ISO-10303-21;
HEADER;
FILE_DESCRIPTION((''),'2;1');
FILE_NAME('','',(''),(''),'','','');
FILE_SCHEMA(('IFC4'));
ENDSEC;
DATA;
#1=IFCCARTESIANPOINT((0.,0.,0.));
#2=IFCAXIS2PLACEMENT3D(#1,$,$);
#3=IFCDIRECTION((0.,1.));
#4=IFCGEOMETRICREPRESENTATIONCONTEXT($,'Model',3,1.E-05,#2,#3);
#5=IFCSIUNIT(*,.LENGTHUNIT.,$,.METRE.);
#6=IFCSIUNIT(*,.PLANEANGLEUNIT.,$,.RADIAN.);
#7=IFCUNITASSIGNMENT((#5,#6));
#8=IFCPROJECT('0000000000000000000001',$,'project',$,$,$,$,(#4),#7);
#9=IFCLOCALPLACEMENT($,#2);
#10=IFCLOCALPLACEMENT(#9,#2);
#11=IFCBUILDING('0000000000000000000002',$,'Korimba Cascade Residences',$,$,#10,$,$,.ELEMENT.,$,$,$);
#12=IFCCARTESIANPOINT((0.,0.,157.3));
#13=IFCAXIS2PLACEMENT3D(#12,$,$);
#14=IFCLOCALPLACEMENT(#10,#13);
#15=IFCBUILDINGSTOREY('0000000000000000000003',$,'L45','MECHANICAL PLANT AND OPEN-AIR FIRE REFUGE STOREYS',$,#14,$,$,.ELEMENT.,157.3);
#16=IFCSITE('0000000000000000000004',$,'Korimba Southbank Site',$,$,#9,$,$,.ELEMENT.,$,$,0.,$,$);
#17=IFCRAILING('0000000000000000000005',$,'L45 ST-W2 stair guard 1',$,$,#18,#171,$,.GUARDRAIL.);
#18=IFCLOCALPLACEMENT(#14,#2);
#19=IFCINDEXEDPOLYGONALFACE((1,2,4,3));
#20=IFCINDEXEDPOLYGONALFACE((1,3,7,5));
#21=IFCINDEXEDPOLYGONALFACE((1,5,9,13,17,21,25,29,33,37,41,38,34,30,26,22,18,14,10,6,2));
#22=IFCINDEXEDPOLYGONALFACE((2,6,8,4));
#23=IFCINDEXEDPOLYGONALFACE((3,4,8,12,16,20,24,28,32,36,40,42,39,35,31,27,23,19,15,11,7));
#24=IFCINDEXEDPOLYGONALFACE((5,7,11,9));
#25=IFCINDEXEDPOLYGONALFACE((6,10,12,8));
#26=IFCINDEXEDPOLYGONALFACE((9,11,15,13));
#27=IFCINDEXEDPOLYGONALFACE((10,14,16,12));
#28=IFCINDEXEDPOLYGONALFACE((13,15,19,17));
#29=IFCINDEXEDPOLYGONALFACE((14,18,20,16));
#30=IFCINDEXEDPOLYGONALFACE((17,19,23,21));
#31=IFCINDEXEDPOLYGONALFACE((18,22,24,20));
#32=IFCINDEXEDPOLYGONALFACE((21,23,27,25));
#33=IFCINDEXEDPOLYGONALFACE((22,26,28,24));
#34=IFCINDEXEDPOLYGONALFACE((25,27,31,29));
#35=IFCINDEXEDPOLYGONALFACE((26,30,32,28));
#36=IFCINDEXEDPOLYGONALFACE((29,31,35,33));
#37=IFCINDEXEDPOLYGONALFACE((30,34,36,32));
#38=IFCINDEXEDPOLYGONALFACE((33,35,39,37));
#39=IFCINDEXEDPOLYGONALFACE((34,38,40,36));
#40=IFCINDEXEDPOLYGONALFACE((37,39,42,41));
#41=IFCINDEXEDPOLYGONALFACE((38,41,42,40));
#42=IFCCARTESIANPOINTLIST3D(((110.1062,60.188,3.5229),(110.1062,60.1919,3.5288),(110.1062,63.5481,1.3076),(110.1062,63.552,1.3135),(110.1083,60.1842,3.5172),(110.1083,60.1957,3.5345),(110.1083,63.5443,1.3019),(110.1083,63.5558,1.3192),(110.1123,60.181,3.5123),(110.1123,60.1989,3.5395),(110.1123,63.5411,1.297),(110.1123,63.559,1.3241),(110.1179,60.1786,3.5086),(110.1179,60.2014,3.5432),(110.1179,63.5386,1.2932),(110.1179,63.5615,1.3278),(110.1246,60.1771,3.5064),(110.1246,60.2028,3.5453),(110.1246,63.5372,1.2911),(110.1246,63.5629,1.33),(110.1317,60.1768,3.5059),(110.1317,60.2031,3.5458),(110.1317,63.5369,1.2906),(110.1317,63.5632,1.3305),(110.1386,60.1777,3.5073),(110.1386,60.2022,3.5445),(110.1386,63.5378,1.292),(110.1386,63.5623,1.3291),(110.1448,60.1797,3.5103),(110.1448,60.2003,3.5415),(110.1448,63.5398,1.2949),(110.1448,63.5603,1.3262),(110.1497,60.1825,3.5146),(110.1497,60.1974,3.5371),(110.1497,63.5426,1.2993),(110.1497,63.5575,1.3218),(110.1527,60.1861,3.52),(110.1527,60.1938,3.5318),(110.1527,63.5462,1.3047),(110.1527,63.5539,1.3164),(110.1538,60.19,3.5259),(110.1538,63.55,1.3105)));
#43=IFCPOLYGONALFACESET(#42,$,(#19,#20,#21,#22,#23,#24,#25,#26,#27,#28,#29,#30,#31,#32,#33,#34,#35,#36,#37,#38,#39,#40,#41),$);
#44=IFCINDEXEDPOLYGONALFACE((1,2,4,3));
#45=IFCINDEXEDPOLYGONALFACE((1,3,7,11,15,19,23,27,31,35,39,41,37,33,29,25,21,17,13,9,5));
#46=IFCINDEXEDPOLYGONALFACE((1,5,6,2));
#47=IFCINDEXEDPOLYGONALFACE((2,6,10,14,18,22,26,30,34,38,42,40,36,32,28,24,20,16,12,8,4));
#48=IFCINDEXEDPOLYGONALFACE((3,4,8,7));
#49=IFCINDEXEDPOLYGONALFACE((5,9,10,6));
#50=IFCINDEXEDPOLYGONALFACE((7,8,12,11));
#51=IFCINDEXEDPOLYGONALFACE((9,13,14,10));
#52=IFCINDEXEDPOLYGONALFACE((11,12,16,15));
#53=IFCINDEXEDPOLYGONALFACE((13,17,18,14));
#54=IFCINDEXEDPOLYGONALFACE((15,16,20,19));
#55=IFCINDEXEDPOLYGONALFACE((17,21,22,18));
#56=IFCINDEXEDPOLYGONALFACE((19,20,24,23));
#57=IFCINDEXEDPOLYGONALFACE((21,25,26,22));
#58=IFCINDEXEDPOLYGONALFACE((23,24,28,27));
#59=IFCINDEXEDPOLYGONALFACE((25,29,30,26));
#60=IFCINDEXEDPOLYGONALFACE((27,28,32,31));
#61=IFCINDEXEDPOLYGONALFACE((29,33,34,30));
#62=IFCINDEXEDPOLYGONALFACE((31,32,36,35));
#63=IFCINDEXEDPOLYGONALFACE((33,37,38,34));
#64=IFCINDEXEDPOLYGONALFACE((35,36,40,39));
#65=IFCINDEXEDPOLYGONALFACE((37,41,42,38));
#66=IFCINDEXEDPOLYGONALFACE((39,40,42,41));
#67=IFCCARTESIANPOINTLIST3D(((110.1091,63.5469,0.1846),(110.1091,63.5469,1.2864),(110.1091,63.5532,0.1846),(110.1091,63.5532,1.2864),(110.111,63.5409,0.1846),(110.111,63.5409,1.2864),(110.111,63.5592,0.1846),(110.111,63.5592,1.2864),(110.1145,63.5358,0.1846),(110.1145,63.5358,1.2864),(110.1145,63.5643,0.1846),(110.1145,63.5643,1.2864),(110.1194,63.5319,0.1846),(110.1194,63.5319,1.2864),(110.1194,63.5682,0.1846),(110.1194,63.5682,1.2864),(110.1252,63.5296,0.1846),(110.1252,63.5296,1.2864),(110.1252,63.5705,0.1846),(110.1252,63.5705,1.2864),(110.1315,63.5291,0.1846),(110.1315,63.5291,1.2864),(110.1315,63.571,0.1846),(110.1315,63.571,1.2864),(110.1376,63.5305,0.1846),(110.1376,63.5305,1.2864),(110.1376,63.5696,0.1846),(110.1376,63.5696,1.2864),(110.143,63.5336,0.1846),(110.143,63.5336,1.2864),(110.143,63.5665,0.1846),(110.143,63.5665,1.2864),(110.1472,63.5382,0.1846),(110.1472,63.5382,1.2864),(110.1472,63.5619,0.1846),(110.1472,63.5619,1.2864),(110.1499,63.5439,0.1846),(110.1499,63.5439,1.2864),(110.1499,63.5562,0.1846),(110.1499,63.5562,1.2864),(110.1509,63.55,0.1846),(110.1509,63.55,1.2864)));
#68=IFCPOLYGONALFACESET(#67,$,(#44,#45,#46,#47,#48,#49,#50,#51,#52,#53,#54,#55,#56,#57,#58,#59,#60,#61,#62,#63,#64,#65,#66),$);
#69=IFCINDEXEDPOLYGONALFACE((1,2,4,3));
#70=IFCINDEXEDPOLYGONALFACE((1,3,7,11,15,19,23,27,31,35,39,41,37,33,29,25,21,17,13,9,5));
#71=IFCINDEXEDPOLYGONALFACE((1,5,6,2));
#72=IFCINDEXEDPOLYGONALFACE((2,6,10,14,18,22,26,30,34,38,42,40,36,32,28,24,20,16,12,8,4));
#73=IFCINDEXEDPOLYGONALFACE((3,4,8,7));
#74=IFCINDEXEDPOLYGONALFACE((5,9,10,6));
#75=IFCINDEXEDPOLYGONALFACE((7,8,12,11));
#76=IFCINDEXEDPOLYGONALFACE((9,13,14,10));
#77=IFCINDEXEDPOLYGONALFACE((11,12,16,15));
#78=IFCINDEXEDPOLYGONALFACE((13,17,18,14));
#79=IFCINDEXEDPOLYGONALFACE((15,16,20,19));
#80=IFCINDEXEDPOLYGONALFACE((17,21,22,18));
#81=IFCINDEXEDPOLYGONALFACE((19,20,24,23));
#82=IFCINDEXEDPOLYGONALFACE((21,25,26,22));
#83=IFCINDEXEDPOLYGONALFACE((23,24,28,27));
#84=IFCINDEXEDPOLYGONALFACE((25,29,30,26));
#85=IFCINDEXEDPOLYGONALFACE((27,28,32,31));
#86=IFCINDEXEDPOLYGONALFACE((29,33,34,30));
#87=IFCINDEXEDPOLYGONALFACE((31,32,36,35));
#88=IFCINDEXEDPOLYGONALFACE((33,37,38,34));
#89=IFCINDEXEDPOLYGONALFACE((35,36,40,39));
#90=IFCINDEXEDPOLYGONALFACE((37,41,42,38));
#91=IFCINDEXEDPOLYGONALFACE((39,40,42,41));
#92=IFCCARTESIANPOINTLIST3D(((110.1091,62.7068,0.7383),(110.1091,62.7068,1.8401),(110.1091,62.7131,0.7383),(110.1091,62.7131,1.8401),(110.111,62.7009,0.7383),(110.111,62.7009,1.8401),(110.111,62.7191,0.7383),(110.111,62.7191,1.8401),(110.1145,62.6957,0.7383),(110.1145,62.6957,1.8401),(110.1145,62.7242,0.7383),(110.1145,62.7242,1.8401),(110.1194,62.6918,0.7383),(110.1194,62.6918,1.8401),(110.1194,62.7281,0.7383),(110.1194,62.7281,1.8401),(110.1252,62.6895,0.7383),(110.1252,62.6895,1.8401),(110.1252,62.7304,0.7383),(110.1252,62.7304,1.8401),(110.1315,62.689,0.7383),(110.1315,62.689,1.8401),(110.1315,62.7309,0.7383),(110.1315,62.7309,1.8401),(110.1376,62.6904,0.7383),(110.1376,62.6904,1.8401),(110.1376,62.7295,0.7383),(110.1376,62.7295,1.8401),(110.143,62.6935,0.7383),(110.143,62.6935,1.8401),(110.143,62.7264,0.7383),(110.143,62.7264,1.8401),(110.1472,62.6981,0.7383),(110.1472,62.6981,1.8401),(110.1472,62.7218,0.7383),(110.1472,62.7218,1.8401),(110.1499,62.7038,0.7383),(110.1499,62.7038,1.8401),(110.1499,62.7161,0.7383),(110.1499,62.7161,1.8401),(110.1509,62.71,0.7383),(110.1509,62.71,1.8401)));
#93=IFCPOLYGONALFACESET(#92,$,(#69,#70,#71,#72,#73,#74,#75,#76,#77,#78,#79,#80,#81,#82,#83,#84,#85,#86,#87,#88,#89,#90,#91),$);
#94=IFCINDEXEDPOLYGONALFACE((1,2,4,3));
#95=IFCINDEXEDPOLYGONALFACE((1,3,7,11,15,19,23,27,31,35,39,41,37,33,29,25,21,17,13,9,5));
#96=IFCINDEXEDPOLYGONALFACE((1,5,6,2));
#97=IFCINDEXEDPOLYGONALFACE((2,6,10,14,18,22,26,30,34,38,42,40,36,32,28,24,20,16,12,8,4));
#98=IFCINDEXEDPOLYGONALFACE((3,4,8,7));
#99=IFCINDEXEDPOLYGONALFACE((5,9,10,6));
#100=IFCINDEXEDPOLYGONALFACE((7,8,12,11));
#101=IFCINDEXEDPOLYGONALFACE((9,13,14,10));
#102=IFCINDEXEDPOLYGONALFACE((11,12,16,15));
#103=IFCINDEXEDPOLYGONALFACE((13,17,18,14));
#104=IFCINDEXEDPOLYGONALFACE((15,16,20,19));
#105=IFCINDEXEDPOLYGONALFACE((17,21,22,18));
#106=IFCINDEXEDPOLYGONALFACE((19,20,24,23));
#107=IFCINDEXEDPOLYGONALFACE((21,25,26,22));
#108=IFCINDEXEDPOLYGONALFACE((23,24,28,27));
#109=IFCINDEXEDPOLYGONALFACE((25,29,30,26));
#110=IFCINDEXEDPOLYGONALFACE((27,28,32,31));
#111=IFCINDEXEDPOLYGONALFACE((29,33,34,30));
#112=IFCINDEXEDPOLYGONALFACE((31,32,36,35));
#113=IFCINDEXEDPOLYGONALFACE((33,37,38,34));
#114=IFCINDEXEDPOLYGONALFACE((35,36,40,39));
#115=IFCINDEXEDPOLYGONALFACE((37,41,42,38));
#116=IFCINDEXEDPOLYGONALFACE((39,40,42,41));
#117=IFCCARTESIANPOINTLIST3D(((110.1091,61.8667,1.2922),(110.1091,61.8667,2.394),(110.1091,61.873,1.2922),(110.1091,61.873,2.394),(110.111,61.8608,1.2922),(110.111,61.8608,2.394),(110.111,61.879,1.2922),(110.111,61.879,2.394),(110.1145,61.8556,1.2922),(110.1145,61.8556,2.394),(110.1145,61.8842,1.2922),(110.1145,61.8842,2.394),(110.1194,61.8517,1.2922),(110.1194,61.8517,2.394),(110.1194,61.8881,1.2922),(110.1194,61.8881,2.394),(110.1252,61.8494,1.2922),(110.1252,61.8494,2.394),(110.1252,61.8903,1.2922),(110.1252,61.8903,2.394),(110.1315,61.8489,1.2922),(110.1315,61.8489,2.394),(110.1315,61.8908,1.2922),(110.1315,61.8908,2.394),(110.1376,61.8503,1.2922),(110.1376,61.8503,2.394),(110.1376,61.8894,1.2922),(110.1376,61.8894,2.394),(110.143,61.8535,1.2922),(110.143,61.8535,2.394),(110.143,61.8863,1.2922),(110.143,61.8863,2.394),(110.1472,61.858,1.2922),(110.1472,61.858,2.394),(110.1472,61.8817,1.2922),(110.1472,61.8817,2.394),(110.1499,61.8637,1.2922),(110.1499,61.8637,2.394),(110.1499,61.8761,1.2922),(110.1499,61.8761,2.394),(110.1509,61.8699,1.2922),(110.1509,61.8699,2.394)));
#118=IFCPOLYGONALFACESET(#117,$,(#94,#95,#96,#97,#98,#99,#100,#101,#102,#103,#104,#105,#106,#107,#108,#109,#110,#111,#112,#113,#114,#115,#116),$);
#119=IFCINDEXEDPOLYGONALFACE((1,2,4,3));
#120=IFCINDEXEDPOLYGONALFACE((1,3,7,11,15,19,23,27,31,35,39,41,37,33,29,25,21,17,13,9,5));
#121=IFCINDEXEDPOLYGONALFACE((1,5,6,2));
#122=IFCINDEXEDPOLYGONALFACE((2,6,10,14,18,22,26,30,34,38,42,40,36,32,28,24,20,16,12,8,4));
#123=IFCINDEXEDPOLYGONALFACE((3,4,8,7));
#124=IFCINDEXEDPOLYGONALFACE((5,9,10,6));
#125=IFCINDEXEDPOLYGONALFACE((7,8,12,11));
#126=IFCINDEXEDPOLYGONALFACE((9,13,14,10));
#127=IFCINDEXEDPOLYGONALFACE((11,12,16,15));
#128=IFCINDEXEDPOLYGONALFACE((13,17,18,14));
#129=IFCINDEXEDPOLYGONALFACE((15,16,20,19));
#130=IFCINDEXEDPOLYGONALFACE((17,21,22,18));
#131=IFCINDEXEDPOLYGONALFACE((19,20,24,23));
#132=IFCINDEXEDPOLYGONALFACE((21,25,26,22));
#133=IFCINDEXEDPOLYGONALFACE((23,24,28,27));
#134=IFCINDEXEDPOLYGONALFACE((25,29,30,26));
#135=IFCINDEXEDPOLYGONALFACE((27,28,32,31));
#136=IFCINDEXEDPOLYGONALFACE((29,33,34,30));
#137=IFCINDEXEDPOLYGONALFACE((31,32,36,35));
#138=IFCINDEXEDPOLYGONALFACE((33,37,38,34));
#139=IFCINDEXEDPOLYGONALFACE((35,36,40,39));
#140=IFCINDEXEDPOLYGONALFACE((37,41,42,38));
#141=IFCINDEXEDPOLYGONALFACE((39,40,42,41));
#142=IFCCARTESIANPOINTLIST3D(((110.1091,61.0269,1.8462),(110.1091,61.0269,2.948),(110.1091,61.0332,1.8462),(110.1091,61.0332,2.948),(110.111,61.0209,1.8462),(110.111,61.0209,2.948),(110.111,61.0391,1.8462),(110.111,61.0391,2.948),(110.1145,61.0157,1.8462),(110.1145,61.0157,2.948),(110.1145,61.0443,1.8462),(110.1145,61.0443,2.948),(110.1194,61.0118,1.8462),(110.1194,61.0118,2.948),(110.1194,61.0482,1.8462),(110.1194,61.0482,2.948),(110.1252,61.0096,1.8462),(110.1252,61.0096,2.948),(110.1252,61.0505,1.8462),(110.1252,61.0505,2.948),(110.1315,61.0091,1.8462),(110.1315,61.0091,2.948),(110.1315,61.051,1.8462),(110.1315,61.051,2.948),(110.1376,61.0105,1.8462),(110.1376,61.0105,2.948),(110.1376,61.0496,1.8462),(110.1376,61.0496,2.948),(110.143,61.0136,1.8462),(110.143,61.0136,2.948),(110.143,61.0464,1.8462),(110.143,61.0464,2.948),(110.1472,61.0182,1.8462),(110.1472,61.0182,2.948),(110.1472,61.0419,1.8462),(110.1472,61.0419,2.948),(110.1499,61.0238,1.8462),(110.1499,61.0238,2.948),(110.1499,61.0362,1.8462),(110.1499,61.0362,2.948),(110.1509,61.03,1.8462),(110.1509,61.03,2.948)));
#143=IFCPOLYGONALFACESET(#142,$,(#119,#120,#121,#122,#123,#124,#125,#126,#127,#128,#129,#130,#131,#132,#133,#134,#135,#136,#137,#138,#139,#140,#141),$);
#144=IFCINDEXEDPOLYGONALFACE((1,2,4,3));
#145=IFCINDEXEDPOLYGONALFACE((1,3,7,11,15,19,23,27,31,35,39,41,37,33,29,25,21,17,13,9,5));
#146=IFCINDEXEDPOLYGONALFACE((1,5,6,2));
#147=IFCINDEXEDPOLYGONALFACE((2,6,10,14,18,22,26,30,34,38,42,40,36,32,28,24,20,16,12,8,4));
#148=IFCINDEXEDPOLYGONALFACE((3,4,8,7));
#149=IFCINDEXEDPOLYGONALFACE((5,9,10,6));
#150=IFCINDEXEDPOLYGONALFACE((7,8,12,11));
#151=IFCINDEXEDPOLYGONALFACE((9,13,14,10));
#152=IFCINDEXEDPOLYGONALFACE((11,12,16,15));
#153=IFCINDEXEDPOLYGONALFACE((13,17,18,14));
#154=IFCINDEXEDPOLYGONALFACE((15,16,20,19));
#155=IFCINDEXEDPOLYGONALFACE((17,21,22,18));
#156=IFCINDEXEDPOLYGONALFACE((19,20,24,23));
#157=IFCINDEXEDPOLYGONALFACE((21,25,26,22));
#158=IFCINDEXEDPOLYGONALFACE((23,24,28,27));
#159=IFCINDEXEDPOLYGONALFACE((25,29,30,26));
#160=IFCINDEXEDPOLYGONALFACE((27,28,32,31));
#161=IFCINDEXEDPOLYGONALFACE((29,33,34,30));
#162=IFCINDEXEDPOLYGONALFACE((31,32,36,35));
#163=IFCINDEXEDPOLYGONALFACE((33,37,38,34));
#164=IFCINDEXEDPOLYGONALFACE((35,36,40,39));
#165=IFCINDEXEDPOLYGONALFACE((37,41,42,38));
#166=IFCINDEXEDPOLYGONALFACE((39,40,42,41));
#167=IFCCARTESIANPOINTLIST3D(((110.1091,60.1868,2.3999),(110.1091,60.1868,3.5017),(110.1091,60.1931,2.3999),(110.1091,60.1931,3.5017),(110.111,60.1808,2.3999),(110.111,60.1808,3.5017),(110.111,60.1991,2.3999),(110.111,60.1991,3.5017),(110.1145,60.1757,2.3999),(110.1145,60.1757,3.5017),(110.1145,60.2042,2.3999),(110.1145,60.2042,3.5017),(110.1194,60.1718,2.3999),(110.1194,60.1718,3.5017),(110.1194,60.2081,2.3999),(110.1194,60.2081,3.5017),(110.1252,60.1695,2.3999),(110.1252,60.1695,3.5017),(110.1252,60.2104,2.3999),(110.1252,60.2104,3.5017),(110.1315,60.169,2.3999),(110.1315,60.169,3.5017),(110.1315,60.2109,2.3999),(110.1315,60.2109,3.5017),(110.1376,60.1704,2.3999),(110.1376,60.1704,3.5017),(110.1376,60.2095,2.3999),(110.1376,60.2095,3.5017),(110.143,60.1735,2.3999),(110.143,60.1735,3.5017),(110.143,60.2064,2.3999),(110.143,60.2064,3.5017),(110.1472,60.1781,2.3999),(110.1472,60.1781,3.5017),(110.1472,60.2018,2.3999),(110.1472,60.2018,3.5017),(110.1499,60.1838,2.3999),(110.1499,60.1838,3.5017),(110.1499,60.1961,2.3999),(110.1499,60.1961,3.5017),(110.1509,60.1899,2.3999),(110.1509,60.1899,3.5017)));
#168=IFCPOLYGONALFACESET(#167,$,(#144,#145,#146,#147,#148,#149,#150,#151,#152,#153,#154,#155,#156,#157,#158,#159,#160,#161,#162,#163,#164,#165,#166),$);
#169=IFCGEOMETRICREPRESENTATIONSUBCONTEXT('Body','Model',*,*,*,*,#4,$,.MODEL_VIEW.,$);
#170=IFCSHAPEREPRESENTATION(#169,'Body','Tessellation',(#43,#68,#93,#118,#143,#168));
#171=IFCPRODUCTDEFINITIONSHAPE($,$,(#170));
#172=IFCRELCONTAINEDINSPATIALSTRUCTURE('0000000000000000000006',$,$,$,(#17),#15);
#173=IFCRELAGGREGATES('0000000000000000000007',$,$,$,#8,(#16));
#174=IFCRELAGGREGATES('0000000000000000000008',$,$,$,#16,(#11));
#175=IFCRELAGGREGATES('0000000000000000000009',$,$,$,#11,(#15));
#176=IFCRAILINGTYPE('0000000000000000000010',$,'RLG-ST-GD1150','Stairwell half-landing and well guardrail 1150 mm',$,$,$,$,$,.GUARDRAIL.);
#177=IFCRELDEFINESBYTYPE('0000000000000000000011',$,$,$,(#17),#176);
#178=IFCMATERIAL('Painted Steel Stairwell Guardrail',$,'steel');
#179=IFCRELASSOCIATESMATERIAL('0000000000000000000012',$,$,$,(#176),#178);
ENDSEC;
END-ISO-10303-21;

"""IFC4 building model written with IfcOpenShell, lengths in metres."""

from ifc_helpers import new_model, si_unit, direction, frame, origin, origin_2d, place, context, subcontext, project, spatial, circle, extrude, material, type_object, element, save


model = new_model("IFC4")

# Units and contexts
model_context = context("Model", 3, precision=1e-05, world=origin(), true_north=direction((0.0, 1.0)))
body_context = subcontext(model_context, "Body", "Model", "MODEL_VIEW")
ifc_project = project(units=[si_unit("LENGTHUNIT", "METRE"), si_unit("PLANEANGLEUNIT", "RADIAN")], contexts=[model_context])

# Site, building, storey
site_placement = place(None, origin())
site = spatial("IfcSite", under=ifc_project, at=site_placement, Name="Korimba Southbank Site", CompositionType="ELEMENT", RefElevation=0.0)
building_placement = place(site_placement, origin())
building = spatial("IfcBuilding", under=site, at=building_placement, Name="Korimba Cascade Residences", CompositionType="ELEMENT")
storey_placement = place(building_placement, frame((0.0, 0.0, 157.3)))
storey = spatial("IfcBuildingStorey", under=building, at=storey_placement, Name="L45", Description="MECHANICAL PLANT AND OPEN-AIR FIRE REFUGE STOREYS", CompositionType="ELEMENT", Elevation=157.3)

# Railing
ifc_material_1 = material(Name="Painted Steel Stairwell Guardrail", Category="steel")
railing_type_1 = type_object("IfcRailingType", Name="RLG-ST-GD1150", Description="Stairwell half-landing and well guardrail 1150 mm", PredefinedType="GUARDRAIL", material=ifc_material_1)
railing_1_placement = place(storey_placement, frame((110.1299, 63.55, 0.1846)))
element("IfcRailing", 1, at=railing_1_placement, inside=storey, type_object=railing_type_1, Name="L45 ST-W2 stair guard 1", PredefinedType="GUARDRAIL", context=body_context, shape_type="SweptSolid", body=[
    extrude(circle(Radius=0.0239, at=origin_2d()), frame((0.0, 0.0, 1.126), z_axis=(0.0, -0.834876, 0.550437), x_axis=(1.0, 0.0, 0.0)), (0.0, 0.0, 1.0), 4.0247),
    extrude(circle(Radius=0.021, at=origin_2d()), origin(), (0.0, 0.0, 1.0), 1.1018),
    extrude(circle(Radius=0.021, at=origin_2d()), frame((0.0, -0.8401, 0.5537)), (0.0, 0.0, 1.0), 1.1018),
    extrude(circle(Radius=0.021, at=origin_2d()), frame((0.0, -1.6802, 1.1077)), (0.0, 0.0, 1.0), 1.1018),
    extrude(circle(Radius=0.021, at=origin_2d()), frame((0.0, -2.52, 1.6616)), (0.0, 0.0, 1.0), 1.1018),
    extrude(circle(Radius=0.021, at=origin_2d()), frame((0.0, -3.3601, 2.2153)), (0.0, 0.0, 1.0), 1.1018),
])

save(model, "model.ifc")
